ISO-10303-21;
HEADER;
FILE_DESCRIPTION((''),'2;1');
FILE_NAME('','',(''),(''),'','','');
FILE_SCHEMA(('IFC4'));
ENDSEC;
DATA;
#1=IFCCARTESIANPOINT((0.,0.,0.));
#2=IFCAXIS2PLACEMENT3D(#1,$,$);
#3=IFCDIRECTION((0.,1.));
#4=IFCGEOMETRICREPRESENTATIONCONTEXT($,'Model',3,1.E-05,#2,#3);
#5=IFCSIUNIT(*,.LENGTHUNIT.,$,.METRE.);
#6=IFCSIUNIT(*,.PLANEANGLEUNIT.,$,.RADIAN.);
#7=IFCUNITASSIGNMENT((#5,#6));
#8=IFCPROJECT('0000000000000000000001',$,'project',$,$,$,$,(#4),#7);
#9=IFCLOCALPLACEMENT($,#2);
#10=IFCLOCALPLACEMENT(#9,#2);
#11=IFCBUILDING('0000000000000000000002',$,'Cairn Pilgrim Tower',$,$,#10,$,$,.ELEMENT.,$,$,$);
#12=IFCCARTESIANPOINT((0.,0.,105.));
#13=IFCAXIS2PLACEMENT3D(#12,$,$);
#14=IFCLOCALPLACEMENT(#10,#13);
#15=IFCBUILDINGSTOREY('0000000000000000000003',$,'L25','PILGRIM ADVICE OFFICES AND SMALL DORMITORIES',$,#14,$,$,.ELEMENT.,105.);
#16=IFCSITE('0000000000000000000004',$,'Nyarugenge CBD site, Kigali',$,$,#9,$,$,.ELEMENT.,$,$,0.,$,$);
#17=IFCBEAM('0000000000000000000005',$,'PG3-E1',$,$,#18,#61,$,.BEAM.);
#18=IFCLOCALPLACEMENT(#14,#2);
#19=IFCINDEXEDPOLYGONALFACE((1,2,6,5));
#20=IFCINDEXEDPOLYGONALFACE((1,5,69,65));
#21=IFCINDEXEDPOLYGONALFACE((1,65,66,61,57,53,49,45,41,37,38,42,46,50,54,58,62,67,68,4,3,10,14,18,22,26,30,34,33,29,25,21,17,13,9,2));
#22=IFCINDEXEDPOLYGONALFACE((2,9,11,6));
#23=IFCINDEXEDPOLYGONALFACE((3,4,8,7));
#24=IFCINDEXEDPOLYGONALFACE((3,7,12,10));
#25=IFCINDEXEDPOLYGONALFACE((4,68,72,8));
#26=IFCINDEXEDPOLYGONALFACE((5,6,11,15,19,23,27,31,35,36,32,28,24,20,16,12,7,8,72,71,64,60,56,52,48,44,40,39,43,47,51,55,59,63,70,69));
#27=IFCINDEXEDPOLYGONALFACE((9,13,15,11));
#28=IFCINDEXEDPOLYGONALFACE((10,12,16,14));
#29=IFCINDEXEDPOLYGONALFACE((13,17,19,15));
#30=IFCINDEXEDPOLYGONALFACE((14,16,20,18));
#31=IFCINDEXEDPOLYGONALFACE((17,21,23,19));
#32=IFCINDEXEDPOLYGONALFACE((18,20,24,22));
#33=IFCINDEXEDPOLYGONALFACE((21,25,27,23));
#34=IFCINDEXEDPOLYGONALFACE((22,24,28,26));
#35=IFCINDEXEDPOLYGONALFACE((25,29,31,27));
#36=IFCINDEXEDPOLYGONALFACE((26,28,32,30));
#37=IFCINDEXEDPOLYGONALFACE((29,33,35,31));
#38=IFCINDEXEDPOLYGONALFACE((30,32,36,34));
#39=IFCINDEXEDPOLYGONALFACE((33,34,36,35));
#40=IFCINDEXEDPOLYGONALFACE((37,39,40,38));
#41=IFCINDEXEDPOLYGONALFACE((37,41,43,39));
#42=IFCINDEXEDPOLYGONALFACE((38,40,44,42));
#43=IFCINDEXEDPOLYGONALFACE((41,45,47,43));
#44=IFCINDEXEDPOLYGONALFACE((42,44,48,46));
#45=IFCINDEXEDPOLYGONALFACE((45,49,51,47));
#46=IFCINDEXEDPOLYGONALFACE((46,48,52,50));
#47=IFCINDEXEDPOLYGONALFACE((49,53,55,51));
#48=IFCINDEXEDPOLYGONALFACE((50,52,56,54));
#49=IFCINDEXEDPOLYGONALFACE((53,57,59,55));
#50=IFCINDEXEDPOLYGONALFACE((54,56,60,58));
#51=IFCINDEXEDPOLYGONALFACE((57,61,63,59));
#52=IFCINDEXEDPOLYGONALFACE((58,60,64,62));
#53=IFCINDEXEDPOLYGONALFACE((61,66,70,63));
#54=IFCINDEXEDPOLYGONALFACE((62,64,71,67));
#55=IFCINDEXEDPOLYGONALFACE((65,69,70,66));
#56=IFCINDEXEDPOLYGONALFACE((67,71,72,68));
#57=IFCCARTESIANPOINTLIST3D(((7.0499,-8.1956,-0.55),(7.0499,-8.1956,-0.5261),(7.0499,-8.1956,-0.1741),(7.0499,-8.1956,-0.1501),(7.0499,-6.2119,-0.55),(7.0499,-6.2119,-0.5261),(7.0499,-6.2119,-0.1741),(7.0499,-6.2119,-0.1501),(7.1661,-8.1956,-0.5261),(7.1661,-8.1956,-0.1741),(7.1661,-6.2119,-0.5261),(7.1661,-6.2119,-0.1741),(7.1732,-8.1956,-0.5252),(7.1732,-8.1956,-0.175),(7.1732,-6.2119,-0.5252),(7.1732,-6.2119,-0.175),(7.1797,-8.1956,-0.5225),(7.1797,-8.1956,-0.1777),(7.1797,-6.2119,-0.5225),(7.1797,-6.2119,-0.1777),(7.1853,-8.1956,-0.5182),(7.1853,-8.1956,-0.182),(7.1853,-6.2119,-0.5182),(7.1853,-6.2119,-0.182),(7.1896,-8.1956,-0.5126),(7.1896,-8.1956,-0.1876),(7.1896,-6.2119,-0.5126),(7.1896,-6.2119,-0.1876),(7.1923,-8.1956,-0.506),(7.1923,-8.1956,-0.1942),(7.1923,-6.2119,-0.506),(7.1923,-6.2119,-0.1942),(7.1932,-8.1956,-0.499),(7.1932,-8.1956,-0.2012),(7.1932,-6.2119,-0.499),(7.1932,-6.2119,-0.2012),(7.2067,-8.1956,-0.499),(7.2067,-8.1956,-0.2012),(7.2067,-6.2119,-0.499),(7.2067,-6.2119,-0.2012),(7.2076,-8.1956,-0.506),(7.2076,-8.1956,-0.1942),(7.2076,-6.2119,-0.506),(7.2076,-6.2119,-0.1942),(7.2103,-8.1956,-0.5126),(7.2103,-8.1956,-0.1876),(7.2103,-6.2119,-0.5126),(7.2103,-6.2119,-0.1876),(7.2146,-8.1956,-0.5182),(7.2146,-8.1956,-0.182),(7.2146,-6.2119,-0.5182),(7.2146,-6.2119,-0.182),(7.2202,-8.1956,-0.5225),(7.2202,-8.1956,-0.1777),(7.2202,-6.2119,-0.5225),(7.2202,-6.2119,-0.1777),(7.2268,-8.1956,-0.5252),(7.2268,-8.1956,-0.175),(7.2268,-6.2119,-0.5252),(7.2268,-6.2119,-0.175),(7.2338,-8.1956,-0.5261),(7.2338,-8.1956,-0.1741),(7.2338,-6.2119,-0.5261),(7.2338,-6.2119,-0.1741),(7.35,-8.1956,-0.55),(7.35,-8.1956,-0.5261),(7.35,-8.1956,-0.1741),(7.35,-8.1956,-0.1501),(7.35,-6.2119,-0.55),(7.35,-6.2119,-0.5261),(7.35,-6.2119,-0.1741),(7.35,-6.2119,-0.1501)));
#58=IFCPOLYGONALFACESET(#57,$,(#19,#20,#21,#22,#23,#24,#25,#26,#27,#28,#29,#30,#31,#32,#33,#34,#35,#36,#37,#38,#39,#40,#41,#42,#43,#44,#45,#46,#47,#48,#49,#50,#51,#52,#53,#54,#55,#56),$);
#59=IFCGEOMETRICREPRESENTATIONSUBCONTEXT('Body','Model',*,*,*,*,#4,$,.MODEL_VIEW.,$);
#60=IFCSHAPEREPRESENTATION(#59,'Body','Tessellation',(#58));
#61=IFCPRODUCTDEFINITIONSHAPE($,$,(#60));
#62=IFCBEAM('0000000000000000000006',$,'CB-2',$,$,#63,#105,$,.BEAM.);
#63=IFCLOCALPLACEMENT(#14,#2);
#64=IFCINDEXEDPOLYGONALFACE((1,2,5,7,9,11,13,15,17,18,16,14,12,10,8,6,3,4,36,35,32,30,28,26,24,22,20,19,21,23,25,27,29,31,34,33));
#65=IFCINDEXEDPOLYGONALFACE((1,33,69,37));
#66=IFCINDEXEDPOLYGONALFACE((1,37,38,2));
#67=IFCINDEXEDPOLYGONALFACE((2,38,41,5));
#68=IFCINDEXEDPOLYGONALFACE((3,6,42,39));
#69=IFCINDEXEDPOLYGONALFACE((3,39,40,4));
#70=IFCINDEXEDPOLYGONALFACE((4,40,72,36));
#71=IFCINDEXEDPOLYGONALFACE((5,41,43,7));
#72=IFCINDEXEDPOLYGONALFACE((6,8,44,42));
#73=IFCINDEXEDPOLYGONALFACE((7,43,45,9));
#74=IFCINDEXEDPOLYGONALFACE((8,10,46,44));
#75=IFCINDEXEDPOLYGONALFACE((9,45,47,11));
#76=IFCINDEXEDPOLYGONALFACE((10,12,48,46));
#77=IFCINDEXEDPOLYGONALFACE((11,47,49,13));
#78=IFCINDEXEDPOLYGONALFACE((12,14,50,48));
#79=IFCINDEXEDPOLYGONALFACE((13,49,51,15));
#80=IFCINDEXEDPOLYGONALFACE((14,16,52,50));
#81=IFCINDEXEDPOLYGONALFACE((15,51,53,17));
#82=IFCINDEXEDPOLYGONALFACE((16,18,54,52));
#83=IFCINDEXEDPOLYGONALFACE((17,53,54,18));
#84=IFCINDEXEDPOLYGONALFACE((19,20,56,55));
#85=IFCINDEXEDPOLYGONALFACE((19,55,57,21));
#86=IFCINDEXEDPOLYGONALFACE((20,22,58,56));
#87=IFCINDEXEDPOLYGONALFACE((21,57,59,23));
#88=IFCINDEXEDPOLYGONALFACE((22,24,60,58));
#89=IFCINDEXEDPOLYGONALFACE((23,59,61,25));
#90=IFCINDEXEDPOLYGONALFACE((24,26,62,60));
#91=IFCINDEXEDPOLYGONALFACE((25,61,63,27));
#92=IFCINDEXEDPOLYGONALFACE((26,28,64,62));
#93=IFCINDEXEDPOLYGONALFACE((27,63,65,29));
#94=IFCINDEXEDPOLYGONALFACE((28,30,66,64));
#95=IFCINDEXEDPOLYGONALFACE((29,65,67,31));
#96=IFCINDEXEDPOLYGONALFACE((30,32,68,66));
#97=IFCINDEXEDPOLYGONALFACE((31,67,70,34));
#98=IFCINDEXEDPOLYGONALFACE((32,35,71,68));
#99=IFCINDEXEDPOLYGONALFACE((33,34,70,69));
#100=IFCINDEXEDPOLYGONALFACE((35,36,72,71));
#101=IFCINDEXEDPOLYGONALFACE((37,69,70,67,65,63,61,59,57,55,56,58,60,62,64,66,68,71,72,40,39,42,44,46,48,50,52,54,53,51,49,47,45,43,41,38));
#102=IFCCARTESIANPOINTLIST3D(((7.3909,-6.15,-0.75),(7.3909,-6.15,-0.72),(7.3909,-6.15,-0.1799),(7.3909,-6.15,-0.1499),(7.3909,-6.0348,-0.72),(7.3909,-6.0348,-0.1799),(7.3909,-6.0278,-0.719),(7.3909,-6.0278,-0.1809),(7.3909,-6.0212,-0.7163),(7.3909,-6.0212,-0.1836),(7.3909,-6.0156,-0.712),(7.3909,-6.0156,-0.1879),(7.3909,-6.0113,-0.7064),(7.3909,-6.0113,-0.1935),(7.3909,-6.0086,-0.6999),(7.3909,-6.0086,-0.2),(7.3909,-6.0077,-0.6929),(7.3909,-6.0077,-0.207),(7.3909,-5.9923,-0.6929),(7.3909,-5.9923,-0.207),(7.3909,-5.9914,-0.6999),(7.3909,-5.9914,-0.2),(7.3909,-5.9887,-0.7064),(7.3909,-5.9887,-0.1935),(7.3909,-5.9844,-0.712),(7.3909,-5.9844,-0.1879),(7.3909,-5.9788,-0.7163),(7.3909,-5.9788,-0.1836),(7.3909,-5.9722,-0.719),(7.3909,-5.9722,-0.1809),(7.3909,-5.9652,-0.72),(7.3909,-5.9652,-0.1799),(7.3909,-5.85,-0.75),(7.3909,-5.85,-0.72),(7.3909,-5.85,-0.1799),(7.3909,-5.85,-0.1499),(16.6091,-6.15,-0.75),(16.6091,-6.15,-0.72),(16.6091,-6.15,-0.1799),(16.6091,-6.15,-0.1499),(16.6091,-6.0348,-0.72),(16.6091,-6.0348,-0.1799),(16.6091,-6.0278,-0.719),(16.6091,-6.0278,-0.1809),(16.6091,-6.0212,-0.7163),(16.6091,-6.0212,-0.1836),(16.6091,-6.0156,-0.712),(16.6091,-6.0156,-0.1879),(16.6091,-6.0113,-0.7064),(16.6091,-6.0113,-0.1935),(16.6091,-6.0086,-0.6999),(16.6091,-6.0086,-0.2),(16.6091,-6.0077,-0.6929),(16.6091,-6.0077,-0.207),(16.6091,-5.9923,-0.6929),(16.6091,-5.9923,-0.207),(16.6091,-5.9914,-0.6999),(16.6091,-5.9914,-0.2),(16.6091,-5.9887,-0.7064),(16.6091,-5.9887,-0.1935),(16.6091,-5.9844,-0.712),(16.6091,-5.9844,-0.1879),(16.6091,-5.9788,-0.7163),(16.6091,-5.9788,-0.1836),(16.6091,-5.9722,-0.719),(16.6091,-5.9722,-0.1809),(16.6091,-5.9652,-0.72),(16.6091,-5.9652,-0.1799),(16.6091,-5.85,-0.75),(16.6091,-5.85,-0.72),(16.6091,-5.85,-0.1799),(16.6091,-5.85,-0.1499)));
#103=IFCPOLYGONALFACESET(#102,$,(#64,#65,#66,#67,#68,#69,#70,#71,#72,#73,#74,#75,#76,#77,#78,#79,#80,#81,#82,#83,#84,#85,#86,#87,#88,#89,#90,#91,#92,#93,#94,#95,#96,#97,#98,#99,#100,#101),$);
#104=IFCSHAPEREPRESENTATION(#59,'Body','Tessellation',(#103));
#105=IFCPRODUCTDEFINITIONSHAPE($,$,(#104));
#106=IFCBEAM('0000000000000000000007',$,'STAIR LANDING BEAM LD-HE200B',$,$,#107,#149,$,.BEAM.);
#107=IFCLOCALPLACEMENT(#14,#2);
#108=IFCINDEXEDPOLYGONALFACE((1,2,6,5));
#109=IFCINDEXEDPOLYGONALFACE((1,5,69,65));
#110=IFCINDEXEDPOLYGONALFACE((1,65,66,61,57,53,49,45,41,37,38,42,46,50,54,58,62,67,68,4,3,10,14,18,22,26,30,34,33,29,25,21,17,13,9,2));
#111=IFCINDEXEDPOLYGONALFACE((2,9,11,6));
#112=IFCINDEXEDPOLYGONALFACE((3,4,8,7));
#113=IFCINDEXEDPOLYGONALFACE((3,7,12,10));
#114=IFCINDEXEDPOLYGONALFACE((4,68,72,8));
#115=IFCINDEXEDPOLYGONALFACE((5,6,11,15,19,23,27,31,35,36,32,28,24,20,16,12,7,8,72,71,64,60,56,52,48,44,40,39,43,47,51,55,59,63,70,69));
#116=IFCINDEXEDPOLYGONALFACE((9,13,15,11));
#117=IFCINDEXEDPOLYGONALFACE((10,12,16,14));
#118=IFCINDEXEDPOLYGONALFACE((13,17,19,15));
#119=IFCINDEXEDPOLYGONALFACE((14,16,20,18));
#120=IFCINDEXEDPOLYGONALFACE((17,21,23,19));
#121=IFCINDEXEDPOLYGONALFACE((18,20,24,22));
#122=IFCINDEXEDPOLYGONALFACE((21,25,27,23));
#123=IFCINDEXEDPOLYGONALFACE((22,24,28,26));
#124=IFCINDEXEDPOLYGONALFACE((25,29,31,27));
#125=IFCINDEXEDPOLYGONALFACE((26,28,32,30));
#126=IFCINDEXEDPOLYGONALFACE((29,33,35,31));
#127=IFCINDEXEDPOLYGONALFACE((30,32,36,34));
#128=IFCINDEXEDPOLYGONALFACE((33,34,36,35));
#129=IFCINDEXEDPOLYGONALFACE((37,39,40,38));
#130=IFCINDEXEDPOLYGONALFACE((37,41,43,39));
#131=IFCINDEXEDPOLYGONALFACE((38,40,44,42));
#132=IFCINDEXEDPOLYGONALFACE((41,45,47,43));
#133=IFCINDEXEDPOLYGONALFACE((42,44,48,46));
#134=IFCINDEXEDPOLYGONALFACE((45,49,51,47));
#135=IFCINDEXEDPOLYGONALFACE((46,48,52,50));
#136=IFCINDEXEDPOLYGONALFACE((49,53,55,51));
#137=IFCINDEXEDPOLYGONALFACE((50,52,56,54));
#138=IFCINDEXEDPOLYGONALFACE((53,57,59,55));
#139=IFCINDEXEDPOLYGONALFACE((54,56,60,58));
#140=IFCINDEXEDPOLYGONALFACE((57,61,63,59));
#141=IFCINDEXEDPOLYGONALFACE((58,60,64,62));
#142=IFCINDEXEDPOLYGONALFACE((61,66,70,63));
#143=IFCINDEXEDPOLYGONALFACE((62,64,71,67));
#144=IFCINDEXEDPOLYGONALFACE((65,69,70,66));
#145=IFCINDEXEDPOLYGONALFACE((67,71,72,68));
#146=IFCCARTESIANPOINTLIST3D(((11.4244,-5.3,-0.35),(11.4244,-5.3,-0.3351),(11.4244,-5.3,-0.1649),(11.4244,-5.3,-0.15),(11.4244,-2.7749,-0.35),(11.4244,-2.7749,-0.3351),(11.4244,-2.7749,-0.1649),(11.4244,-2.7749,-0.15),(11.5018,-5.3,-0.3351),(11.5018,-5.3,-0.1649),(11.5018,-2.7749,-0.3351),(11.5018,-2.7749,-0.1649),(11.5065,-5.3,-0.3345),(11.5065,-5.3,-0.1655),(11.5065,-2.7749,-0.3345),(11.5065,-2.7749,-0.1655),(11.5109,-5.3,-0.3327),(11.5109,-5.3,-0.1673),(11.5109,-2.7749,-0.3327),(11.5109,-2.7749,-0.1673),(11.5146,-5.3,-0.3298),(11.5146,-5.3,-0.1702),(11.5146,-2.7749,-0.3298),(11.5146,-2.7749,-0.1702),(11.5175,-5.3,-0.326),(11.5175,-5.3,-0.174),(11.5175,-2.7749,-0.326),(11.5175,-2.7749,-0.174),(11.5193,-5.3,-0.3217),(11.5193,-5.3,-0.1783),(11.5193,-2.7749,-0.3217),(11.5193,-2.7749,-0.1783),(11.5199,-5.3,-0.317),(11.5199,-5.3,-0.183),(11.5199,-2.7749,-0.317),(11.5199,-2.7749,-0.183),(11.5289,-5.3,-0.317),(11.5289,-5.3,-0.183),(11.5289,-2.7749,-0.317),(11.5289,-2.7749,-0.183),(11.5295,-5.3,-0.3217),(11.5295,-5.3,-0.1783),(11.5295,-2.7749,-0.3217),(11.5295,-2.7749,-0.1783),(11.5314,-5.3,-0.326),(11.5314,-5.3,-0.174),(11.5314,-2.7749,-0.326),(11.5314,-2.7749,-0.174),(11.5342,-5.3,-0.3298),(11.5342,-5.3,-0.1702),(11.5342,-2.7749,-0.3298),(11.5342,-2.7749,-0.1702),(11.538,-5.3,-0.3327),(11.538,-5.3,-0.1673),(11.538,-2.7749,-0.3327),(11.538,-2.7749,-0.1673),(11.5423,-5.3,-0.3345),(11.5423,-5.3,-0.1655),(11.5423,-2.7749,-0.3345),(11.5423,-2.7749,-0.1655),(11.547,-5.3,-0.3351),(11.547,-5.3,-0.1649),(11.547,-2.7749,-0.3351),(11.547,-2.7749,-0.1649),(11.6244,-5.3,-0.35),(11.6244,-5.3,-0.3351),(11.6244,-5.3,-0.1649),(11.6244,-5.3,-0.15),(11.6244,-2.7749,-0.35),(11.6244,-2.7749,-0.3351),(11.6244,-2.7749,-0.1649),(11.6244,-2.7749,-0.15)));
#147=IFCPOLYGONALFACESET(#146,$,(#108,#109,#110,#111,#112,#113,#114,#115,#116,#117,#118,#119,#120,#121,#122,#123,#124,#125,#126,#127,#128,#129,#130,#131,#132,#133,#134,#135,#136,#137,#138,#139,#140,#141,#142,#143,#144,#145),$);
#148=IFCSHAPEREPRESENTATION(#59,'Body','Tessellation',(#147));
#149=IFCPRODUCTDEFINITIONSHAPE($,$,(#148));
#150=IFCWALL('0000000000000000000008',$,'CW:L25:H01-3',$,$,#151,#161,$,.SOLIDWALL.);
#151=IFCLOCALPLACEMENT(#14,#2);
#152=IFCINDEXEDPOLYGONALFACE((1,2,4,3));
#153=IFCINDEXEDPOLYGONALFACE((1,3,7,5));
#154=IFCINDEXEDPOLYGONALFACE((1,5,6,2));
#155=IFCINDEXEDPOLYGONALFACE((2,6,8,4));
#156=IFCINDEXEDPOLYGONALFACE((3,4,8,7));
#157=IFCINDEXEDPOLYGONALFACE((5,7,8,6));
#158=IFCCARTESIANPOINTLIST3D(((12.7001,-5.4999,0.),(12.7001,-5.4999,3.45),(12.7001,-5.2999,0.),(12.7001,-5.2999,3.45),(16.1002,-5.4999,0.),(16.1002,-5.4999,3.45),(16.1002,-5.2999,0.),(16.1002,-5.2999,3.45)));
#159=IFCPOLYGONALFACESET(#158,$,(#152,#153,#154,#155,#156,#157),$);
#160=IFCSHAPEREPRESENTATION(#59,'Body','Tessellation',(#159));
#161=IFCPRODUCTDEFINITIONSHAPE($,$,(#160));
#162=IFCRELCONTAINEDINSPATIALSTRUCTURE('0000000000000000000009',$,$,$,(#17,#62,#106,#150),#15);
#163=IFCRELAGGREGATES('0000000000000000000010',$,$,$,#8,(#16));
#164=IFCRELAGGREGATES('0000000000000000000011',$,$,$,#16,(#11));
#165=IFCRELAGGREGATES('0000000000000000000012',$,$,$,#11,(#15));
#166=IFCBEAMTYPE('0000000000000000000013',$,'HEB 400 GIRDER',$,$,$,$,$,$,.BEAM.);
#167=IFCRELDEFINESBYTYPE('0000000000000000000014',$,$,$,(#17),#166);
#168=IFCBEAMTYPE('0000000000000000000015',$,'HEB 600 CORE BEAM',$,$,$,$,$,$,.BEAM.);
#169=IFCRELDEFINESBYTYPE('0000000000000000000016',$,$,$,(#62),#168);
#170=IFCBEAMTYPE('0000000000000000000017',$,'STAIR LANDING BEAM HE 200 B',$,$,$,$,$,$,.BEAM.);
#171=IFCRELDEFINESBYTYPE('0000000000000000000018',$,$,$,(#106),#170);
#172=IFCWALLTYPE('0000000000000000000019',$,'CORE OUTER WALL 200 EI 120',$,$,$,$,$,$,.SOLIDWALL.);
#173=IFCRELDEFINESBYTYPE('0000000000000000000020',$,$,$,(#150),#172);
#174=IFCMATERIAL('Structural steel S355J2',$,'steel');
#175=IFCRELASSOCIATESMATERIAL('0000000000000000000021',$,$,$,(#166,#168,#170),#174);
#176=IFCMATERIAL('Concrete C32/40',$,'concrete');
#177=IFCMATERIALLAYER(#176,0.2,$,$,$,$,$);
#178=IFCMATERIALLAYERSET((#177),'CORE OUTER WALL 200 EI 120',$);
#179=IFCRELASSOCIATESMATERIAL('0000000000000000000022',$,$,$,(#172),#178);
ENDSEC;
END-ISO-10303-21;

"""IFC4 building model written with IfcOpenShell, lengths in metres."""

from ifc_helpers import new_model, si_unit, direction, frame, frame_2d, origin, origin_2d, place, context, subcontext, project, spatial, rectangle, i_section, extrude, material, layer, layer_set, material_profile, profile_set, type_object, element, save


model = new_model("IFC4")

# Units and contexts
model_context = context("Model", 3, precision=1e-05, world=origin(), true_north=direction((0.0, 1.0)))
body_context = subcontext(model_context, "Body", "Model", "MODEL_VIEW")
ifc_project = project(units=[si_unit("LENGTHUNIT", "METRE"), si_unit("PLANEANGLEUNIT", "RADIAN")], contexts=[model_context])

# Site, building, storey
site_placement = place(None, origin())
site = spatial("IfcSite", under=ifc_project, at=site_placement, Name="Nyarugenge CBD site, Kigali", CompositionType="ELEMENT", RefElevation=0.0)
building_placement = place(site_placement, origin())
building = spatial("IfcBuilding", under=site, at=building_placement, Name="Cairn Pilgrim Tower", CompositionType="ELEMENT")
storey_placement = place(building_placement, frame((0.0, 0.0, 105.0)))
storey = spatial("IfcBuildingStorey", under=building, at=storey_placement, Name="L25", Description="PILGRIM ADVICE OFFICES AND SMALL DORMITORIES", CompositionType="ELEMENT", Elevation=105.0)

# Beams
ifc_material_1 = material(Name="Structural steel S355J2", Category="steel")
ifc_material_profile_1 = material_profile(ifc_material_1, i_section(OverallWidth=0.3, OverallDepth=0.3999, WebThickness=0.0134, FlangeThickness=0.0239, FilletRadius=0.0271, at=origin_2d()), Name="HEB 400")
ifc_profile_set_1 = profile_set([ifc_material_profile_1], Name="Structural steel S355J2")
beam_type_1 = type_object("IfcBeamType", Name="HEB 400 GIRDER", PredefinedType="BEAM", material=ifc_profile_set_1)
beam_1_placement = place(storey_placement, frame((7.2, -8.1956, -0.3501), z_axis=(0.0, 1.0, 0.0), x_axis=(-1.0, 0.0, 0.0)))
element("IfcBeam", 1, at=beam_1_placement, inside=storey, type_object=beam_type_1, Name="PG3-E1", PredefinedType="BEAM", context=body_context, shape_type="SweptSolid", body=[
    extrude(i_section(OverallWidth=0.3, OverallDepth=0.3999, WebThickness=0.0134, FlangeThickness=0.0239, FilletRadius=0.0271, at=origin_2d()), origin(), (0.0, 0.0, 1.0), 1.9836),
])
ifc_material_profile_2 = material_profile(ifc_material_1, i_section(OverallWidth=0.3, OverallDepth=0.6001, WebThickness=0.0154, FlangeThickness=0.03, FilletRadius=0.0271, at=origin_2d()), Name="HEB 600")
ifc_profile_set_2 = profile_set([ifc_material_profile_2], Name="Structural steel S355J2")
beam_type_2 = type_object("IfcBeamType", Name="HEB 600 CORE BEAM", PredefinedType="BEAM", material=ifc_profile_set_2)
beam_2_placement = place(storey_placement, frame((7.3909, -6.0, -0.45), z_axis=(1.0, 0.0, 0.0), x_axis=(0.0, 1.0, 0.0)))
element("IfcBeam", 2, at=beam_2_placement, inside=storey, type_object=beam_type_2, Name="CB-2", PredefinedType="BEAM", context=body_context, shape_type="SweptSolid", body=[
    extrude(i_section(OverallWidth=0.3, OverallDepth=0.6001, WebThickness=0.0154, FlangeThickness=0.03, FilletRadius=0.0271, at=origin_2d()), origin(), (0.0, 0.0, 1.0), 9.2183),
])
ifc_material_profile_3 = material_profile(ifc_material_1, i_section(OverallWidth=0.2, OverallDepth=0.2, WebThickness=0.009, FlangeThickness=0.0149, FilletRadius=0.0181, at=origin_2d()), Name="HE 200 B")
ifc_profile_set_3 = profile_set([ifc_material_profile_3], Name="Structural steel S355J2")
beam_type_3 = type_object("IfcBeamType", Name="STAIR LANDING BEAM HE 200 B", PredefinedType="BEAM", material=ifc_profile_set_3)
beam_3_placement = place(storey_placement, frame((11.5244, -2.7749, -0.25), z_axis=(0.0, -1.0, 0.0), x_axis=(1.0, 0.0, 0.0)))
element("IfcBeam", 3, at=beam_3_placement, inside=storey, type_object=beam_type_3, Name="STAIR LANDING BEAM LD-HE200B", PredefinedType="BEAM", context=body_context, shape_type="SweptSolid", body=[
    extrude(i_section(OverallWidth=0.2, OverallDepth=0.2, WebThickness=0.009, FlangeThickness=0.0149, FilletRadius=0.0181, at=origin_2d()), origin(), (0.0, 0.0, 1.0), 2.5251),
])

# Wall
ifc_material_2 = material(Name="Concrete C32/40", Category="concrete")
ifc_layer_1 = layer(ifc_material_2, 0.2)
ifc_layer_set_1 = layer_set([ifc_layer_1], Name="CORE OUTER WALL 200 EI 120")
wall_type_1 = type_object("IfcWallType", Name="CORE OUTER WALL 200 EI 120", PredefinedType="SOLIDWALL", material=ifc_layer_set_1)
wall_1_placement = place(storey_placement, frame((12.7, -5.3999, 0.0), z_axis=(0.0, 0.0, 1.0), x_axis=(1.0, 0.0, 0.0)))
element("IfcWall", 4, at=wall_1_placement, inside=storey, type_object=wall_type_1, Name="CW:L25:H01-3", PredefinedType="SOLIDWALL", context=body_context, shape_type="SweptSolid", body=[
    extrude(rectangle(XDim=3.4001, YDim=0.2, at=frame_2d((1.7002, 0.0))), origin(), (0.0, 0.0, 1.0), 3.45),
])

save(model, "model.ifc")
